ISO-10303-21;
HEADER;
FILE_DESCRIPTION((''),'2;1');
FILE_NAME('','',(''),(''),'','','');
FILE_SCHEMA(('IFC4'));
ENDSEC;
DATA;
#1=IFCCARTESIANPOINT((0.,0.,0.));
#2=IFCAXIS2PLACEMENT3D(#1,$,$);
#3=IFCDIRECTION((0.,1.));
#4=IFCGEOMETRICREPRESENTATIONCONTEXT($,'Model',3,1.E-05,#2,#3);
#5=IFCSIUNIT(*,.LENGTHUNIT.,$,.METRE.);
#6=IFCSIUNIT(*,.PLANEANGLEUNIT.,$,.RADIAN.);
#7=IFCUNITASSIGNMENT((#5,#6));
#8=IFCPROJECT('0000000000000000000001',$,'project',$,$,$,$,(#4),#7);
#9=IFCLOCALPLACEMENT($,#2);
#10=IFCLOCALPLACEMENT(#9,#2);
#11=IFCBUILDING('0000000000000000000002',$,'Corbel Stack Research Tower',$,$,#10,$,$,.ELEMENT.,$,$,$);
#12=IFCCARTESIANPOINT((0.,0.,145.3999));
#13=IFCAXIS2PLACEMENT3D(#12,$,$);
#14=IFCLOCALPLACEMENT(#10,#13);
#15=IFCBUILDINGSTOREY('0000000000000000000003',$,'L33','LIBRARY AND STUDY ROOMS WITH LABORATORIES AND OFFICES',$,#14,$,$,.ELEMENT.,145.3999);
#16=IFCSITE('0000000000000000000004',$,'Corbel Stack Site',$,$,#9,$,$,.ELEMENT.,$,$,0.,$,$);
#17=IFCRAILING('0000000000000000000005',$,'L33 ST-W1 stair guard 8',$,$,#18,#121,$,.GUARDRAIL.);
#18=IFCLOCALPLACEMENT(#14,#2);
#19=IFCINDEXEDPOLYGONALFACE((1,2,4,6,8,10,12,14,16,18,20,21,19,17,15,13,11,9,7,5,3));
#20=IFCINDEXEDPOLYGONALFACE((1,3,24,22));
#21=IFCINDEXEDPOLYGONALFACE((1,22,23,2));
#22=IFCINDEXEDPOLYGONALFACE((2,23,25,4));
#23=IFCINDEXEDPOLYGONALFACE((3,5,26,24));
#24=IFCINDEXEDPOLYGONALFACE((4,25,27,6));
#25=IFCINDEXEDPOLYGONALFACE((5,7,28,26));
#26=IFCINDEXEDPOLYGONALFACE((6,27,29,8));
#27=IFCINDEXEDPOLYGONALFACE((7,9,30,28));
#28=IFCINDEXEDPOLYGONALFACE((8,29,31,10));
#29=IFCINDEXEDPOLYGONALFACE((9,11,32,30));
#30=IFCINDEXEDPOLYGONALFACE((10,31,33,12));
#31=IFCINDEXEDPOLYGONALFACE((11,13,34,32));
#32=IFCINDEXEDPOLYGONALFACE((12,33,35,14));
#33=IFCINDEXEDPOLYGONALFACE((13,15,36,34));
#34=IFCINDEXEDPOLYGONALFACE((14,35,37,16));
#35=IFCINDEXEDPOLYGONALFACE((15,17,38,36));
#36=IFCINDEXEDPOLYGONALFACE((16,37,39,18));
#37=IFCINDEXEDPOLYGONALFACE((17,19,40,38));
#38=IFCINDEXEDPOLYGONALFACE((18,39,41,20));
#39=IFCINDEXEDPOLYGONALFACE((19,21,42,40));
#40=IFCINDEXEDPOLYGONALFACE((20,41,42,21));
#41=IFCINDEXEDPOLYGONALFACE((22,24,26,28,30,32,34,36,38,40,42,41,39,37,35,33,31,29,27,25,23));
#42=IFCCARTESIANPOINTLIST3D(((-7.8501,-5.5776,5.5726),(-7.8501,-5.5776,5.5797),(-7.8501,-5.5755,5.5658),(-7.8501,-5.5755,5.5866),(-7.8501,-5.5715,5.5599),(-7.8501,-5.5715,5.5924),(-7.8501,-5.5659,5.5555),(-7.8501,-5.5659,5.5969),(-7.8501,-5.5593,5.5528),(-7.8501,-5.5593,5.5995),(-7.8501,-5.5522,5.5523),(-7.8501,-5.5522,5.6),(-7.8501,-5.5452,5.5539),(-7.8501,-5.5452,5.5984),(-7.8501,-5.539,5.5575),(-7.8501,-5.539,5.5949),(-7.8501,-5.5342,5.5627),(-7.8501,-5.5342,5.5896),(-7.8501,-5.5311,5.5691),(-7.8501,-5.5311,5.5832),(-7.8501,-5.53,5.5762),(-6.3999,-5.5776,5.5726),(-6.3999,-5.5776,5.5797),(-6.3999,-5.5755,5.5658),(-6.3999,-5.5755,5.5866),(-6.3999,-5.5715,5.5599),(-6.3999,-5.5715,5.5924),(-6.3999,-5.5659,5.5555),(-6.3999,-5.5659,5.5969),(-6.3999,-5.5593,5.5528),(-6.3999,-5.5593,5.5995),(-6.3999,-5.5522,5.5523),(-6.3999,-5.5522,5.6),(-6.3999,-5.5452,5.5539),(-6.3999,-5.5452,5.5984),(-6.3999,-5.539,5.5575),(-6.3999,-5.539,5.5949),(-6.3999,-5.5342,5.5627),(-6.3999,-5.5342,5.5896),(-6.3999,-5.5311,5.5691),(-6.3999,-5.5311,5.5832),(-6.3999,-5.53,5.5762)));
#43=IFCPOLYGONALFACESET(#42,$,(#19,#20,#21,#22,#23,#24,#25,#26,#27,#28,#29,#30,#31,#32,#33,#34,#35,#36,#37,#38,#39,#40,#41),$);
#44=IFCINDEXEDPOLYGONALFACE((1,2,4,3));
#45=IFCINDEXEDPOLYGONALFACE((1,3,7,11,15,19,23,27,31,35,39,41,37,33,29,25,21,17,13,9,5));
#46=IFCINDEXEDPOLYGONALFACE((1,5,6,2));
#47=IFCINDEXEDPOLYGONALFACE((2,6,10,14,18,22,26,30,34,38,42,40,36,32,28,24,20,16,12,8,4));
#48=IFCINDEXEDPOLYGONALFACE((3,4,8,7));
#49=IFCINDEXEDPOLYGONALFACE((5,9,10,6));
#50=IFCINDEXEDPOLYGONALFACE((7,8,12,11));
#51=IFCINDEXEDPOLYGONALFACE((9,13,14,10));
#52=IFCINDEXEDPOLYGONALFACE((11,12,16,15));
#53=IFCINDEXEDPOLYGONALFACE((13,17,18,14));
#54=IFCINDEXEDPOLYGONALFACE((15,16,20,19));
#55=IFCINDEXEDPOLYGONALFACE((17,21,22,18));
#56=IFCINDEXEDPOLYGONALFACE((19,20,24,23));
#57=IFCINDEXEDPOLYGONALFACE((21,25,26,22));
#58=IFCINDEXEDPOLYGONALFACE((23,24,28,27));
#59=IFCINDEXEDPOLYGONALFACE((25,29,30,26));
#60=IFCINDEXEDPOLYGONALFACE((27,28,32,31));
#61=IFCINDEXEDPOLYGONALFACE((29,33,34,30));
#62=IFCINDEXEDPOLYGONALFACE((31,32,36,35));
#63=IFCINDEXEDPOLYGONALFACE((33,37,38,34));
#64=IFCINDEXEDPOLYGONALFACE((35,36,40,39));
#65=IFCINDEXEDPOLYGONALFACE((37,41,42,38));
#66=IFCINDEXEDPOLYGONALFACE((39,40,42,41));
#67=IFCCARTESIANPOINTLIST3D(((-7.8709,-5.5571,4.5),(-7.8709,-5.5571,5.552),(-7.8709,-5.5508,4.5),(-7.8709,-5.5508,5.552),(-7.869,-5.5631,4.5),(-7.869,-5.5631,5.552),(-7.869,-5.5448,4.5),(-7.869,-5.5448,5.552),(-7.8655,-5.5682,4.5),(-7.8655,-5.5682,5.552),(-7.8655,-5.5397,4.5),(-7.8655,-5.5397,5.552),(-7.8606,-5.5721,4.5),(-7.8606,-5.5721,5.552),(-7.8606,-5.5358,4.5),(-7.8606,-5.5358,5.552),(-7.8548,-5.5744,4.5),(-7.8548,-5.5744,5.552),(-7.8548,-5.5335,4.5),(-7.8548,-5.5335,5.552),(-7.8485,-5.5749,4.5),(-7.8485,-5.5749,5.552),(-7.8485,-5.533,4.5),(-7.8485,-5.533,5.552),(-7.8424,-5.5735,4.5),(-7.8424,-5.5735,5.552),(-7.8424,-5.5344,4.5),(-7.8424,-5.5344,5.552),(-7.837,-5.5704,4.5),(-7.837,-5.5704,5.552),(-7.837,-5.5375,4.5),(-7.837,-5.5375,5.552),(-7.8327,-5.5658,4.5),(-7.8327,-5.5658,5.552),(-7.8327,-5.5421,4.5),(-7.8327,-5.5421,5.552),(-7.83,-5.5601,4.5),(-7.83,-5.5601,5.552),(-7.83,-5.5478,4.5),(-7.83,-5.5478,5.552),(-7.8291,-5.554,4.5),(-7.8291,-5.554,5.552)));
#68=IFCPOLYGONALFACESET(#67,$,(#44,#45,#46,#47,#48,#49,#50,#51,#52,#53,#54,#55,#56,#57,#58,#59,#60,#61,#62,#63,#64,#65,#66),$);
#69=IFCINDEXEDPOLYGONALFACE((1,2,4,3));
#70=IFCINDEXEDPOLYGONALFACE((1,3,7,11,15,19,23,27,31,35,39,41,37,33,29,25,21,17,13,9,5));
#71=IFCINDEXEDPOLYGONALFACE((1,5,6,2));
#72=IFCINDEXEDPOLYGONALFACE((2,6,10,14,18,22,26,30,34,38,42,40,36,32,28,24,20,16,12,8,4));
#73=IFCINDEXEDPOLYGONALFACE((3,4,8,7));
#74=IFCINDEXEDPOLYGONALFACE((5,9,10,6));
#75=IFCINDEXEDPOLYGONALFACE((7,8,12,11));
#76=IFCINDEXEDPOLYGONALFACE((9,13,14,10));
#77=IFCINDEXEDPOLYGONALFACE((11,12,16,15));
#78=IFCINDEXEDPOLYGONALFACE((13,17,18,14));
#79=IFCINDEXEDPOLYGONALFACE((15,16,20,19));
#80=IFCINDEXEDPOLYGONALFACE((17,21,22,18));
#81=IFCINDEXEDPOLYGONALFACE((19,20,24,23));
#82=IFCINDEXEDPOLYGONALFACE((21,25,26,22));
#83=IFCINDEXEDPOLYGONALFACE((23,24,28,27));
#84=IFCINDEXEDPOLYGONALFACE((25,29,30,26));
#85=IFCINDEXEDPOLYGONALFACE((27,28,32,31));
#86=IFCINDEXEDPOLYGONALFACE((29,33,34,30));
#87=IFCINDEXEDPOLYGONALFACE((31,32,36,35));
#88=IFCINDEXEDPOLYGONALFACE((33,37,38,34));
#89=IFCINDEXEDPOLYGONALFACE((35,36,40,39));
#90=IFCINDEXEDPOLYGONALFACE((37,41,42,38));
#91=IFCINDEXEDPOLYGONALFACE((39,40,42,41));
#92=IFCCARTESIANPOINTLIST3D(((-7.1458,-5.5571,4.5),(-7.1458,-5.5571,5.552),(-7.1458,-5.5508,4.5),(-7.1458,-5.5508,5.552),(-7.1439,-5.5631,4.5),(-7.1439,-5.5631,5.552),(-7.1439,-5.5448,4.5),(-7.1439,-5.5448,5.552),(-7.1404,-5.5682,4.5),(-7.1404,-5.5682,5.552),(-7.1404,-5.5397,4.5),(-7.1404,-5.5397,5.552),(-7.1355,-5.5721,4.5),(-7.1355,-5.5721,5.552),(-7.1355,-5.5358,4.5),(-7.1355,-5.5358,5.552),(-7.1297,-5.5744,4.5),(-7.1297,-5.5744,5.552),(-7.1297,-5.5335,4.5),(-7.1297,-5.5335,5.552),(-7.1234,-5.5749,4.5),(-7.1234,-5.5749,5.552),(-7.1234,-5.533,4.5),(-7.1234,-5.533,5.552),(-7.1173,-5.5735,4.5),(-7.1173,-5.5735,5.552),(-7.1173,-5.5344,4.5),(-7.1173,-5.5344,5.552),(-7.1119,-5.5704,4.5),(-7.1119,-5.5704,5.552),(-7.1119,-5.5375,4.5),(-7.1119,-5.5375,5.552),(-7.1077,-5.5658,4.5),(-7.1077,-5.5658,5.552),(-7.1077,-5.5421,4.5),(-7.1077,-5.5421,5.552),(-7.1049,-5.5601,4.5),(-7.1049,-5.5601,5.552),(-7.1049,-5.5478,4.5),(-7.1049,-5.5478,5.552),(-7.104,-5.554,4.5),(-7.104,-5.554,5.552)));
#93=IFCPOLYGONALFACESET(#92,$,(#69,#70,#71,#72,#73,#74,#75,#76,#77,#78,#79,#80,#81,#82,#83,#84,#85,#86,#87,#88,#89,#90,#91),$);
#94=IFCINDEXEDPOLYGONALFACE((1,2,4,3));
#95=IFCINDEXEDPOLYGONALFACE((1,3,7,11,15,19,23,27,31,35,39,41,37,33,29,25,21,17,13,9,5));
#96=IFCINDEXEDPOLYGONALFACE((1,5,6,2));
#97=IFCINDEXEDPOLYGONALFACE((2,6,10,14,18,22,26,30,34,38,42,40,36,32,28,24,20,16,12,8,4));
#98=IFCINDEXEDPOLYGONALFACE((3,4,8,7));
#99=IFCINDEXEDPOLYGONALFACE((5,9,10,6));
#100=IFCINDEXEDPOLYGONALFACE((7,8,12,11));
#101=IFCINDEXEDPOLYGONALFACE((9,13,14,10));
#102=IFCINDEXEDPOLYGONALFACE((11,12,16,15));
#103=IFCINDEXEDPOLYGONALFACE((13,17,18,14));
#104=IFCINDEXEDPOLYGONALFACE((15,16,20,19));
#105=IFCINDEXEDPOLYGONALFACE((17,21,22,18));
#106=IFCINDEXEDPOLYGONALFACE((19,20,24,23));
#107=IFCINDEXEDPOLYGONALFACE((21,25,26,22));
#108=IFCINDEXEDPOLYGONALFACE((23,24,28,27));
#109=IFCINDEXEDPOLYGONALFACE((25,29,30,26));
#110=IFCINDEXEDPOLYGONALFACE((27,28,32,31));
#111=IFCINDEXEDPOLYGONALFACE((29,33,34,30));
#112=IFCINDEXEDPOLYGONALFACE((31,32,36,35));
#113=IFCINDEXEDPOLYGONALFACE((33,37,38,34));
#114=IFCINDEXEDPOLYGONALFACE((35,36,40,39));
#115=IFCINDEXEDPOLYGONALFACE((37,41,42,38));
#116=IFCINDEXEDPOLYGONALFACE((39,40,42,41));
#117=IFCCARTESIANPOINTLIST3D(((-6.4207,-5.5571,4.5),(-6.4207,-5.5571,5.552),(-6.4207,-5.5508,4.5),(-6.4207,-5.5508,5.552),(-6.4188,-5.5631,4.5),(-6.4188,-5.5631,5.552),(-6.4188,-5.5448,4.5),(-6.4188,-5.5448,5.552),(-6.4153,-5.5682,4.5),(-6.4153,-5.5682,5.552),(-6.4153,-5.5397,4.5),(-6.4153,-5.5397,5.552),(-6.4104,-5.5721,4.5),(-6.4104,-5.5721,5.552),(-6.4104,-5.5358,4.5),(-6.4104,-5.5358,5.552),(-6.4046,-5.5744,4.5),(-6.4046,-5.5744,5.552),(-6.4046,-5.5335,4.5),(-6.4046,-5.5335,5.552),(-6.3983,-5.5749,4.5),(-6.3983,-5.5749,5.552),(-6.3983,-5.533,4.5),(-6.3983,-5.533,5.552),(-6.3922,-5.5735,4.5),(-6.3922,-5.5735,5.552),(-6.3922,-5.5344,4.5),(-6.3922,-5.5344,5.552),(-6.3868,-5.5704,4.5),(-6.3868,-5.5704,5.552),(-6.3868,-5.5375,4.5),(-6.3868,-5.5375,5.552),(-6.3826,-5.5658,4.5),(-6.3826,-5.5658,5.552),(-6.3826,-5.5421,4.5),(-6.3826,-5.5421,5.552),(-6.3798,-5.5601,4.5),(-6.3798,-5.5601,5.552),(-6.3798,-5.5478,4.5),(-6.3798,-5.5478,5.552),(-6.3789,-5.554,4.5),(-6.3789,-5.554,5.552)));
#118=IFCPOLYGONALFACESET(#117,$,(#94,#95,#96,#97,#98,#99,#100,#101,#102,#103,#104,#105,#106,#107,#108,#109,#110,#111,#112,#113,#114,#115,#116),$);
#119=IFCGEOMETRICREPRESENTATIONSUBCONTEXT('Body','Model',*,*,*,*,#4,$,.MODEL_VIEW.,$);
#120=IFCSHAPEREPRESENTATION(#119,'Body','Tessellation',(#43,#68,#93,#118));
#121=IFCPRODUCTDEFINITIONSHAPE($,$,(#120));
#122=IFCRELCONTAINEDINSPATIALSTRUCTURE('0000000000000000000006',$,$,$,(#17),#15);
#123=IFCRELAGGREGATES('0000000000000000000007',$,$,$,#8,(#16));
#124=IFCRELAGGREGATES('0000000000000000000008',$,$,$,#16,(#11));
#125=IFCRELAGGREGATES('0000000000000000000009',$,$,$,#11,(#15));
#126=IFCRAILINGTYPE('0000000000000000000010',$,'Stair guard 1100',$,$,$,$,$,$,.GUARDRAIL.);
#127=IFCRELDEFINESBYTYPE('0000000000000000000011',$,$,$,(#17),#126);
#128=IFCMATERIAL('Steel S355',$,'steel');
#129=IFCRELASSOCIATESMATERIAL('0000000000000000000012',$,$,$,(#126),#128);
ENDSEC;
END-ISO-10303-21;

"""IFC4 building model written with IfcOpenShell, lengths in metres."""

from ifc_helpers import new_model, si_unit, direction, frame, origin, origin_2d, place, context, subcontext, project, spatial, circle, extrude, material, type_object, element, save


model = new_model("IFC4")

# Units and contexts
model_context = context("Model", 3, precision=1e-05, world=origin(), true_north=direction((0.0, 1.0)))
body_context = subcontext(model_context, "Body", "Model", "MODEL_VIEW")
ifc_project = project(units=[si_unit("LENGTHUNIT", "METRE"), si_unit("PLANEANGLEUNIT", "RADIAN")], contexts=[model_context])

# Site, building, storey
site_placement = place(None, origin())
site = spatial("IfcSite", under=ifc_project, at=site_placement, Name="Corbel Stack Site", CompositionType="ELEMENT", RefElevation=0.0)
building_placement = place(site_placement, origin())
building = spatial("IfcBuilding", under=site, at=building_placement, Name="Corbel Stack Research Tower", CompositionType="ELEMENT")
storey_placement = place(building_placement, frame((0.0, 0.0, 145.3999)))
storey = spatial("IfcBuildingStorey", under=building, at=storey_placement, Name="L33", Description="LIBRARY AND STUDY ROOMS WITH LABORATORIES AND OFFICES", CompositionType="ELEMENT", Elevation=145.3999)

# Railing
ifc_material_1 = material(Name="Steel S355", Category="steel")
railing_type_1 = type_object("IfcRailingType", Name="Stair guard 1100", PredefinedType="GUARDRAIL", material=ifc_material_1)
railing_1_placement = place(storey_placement, frame((-7.8501, -5.554, 4.5)))
element("IfcRailing", 1, at=railing_1_placement, inside=storey, type_object=railing_type_1, Name="L33 ST-W1 stair guard 8", PredefinedType="GUARDRAIL", context=body_context, shape_type="SweptSolid", body=[
    extrude(circle(Radius=0.0239, at=origin_2d()), frame((0.0, 0.0, 1.0762), z_axis=(1.0, 0.0, 0.0), x_axis=(0.0, 1.0, 0.0)), (0.0, 0.0, 1.0), 1.4502),
    extrude(circle(Radius=0.021, at=origin_2d()), origin(), (0.0, 0.0, 1.0), 1.052),
    extrude(circle(Radius=0.021, at=origin_2d()), frame((0.7251, 0.0, 0.0)), (0.0, 0.0, 1.0), 1.052),
    extrude(circle(Radius=0.021, at=origin_2d()), frame((1.4502, 0.0, 0.0)), (0.0, 0.0, 1.0), 1.052),
])

save(model, "model.ifc")
